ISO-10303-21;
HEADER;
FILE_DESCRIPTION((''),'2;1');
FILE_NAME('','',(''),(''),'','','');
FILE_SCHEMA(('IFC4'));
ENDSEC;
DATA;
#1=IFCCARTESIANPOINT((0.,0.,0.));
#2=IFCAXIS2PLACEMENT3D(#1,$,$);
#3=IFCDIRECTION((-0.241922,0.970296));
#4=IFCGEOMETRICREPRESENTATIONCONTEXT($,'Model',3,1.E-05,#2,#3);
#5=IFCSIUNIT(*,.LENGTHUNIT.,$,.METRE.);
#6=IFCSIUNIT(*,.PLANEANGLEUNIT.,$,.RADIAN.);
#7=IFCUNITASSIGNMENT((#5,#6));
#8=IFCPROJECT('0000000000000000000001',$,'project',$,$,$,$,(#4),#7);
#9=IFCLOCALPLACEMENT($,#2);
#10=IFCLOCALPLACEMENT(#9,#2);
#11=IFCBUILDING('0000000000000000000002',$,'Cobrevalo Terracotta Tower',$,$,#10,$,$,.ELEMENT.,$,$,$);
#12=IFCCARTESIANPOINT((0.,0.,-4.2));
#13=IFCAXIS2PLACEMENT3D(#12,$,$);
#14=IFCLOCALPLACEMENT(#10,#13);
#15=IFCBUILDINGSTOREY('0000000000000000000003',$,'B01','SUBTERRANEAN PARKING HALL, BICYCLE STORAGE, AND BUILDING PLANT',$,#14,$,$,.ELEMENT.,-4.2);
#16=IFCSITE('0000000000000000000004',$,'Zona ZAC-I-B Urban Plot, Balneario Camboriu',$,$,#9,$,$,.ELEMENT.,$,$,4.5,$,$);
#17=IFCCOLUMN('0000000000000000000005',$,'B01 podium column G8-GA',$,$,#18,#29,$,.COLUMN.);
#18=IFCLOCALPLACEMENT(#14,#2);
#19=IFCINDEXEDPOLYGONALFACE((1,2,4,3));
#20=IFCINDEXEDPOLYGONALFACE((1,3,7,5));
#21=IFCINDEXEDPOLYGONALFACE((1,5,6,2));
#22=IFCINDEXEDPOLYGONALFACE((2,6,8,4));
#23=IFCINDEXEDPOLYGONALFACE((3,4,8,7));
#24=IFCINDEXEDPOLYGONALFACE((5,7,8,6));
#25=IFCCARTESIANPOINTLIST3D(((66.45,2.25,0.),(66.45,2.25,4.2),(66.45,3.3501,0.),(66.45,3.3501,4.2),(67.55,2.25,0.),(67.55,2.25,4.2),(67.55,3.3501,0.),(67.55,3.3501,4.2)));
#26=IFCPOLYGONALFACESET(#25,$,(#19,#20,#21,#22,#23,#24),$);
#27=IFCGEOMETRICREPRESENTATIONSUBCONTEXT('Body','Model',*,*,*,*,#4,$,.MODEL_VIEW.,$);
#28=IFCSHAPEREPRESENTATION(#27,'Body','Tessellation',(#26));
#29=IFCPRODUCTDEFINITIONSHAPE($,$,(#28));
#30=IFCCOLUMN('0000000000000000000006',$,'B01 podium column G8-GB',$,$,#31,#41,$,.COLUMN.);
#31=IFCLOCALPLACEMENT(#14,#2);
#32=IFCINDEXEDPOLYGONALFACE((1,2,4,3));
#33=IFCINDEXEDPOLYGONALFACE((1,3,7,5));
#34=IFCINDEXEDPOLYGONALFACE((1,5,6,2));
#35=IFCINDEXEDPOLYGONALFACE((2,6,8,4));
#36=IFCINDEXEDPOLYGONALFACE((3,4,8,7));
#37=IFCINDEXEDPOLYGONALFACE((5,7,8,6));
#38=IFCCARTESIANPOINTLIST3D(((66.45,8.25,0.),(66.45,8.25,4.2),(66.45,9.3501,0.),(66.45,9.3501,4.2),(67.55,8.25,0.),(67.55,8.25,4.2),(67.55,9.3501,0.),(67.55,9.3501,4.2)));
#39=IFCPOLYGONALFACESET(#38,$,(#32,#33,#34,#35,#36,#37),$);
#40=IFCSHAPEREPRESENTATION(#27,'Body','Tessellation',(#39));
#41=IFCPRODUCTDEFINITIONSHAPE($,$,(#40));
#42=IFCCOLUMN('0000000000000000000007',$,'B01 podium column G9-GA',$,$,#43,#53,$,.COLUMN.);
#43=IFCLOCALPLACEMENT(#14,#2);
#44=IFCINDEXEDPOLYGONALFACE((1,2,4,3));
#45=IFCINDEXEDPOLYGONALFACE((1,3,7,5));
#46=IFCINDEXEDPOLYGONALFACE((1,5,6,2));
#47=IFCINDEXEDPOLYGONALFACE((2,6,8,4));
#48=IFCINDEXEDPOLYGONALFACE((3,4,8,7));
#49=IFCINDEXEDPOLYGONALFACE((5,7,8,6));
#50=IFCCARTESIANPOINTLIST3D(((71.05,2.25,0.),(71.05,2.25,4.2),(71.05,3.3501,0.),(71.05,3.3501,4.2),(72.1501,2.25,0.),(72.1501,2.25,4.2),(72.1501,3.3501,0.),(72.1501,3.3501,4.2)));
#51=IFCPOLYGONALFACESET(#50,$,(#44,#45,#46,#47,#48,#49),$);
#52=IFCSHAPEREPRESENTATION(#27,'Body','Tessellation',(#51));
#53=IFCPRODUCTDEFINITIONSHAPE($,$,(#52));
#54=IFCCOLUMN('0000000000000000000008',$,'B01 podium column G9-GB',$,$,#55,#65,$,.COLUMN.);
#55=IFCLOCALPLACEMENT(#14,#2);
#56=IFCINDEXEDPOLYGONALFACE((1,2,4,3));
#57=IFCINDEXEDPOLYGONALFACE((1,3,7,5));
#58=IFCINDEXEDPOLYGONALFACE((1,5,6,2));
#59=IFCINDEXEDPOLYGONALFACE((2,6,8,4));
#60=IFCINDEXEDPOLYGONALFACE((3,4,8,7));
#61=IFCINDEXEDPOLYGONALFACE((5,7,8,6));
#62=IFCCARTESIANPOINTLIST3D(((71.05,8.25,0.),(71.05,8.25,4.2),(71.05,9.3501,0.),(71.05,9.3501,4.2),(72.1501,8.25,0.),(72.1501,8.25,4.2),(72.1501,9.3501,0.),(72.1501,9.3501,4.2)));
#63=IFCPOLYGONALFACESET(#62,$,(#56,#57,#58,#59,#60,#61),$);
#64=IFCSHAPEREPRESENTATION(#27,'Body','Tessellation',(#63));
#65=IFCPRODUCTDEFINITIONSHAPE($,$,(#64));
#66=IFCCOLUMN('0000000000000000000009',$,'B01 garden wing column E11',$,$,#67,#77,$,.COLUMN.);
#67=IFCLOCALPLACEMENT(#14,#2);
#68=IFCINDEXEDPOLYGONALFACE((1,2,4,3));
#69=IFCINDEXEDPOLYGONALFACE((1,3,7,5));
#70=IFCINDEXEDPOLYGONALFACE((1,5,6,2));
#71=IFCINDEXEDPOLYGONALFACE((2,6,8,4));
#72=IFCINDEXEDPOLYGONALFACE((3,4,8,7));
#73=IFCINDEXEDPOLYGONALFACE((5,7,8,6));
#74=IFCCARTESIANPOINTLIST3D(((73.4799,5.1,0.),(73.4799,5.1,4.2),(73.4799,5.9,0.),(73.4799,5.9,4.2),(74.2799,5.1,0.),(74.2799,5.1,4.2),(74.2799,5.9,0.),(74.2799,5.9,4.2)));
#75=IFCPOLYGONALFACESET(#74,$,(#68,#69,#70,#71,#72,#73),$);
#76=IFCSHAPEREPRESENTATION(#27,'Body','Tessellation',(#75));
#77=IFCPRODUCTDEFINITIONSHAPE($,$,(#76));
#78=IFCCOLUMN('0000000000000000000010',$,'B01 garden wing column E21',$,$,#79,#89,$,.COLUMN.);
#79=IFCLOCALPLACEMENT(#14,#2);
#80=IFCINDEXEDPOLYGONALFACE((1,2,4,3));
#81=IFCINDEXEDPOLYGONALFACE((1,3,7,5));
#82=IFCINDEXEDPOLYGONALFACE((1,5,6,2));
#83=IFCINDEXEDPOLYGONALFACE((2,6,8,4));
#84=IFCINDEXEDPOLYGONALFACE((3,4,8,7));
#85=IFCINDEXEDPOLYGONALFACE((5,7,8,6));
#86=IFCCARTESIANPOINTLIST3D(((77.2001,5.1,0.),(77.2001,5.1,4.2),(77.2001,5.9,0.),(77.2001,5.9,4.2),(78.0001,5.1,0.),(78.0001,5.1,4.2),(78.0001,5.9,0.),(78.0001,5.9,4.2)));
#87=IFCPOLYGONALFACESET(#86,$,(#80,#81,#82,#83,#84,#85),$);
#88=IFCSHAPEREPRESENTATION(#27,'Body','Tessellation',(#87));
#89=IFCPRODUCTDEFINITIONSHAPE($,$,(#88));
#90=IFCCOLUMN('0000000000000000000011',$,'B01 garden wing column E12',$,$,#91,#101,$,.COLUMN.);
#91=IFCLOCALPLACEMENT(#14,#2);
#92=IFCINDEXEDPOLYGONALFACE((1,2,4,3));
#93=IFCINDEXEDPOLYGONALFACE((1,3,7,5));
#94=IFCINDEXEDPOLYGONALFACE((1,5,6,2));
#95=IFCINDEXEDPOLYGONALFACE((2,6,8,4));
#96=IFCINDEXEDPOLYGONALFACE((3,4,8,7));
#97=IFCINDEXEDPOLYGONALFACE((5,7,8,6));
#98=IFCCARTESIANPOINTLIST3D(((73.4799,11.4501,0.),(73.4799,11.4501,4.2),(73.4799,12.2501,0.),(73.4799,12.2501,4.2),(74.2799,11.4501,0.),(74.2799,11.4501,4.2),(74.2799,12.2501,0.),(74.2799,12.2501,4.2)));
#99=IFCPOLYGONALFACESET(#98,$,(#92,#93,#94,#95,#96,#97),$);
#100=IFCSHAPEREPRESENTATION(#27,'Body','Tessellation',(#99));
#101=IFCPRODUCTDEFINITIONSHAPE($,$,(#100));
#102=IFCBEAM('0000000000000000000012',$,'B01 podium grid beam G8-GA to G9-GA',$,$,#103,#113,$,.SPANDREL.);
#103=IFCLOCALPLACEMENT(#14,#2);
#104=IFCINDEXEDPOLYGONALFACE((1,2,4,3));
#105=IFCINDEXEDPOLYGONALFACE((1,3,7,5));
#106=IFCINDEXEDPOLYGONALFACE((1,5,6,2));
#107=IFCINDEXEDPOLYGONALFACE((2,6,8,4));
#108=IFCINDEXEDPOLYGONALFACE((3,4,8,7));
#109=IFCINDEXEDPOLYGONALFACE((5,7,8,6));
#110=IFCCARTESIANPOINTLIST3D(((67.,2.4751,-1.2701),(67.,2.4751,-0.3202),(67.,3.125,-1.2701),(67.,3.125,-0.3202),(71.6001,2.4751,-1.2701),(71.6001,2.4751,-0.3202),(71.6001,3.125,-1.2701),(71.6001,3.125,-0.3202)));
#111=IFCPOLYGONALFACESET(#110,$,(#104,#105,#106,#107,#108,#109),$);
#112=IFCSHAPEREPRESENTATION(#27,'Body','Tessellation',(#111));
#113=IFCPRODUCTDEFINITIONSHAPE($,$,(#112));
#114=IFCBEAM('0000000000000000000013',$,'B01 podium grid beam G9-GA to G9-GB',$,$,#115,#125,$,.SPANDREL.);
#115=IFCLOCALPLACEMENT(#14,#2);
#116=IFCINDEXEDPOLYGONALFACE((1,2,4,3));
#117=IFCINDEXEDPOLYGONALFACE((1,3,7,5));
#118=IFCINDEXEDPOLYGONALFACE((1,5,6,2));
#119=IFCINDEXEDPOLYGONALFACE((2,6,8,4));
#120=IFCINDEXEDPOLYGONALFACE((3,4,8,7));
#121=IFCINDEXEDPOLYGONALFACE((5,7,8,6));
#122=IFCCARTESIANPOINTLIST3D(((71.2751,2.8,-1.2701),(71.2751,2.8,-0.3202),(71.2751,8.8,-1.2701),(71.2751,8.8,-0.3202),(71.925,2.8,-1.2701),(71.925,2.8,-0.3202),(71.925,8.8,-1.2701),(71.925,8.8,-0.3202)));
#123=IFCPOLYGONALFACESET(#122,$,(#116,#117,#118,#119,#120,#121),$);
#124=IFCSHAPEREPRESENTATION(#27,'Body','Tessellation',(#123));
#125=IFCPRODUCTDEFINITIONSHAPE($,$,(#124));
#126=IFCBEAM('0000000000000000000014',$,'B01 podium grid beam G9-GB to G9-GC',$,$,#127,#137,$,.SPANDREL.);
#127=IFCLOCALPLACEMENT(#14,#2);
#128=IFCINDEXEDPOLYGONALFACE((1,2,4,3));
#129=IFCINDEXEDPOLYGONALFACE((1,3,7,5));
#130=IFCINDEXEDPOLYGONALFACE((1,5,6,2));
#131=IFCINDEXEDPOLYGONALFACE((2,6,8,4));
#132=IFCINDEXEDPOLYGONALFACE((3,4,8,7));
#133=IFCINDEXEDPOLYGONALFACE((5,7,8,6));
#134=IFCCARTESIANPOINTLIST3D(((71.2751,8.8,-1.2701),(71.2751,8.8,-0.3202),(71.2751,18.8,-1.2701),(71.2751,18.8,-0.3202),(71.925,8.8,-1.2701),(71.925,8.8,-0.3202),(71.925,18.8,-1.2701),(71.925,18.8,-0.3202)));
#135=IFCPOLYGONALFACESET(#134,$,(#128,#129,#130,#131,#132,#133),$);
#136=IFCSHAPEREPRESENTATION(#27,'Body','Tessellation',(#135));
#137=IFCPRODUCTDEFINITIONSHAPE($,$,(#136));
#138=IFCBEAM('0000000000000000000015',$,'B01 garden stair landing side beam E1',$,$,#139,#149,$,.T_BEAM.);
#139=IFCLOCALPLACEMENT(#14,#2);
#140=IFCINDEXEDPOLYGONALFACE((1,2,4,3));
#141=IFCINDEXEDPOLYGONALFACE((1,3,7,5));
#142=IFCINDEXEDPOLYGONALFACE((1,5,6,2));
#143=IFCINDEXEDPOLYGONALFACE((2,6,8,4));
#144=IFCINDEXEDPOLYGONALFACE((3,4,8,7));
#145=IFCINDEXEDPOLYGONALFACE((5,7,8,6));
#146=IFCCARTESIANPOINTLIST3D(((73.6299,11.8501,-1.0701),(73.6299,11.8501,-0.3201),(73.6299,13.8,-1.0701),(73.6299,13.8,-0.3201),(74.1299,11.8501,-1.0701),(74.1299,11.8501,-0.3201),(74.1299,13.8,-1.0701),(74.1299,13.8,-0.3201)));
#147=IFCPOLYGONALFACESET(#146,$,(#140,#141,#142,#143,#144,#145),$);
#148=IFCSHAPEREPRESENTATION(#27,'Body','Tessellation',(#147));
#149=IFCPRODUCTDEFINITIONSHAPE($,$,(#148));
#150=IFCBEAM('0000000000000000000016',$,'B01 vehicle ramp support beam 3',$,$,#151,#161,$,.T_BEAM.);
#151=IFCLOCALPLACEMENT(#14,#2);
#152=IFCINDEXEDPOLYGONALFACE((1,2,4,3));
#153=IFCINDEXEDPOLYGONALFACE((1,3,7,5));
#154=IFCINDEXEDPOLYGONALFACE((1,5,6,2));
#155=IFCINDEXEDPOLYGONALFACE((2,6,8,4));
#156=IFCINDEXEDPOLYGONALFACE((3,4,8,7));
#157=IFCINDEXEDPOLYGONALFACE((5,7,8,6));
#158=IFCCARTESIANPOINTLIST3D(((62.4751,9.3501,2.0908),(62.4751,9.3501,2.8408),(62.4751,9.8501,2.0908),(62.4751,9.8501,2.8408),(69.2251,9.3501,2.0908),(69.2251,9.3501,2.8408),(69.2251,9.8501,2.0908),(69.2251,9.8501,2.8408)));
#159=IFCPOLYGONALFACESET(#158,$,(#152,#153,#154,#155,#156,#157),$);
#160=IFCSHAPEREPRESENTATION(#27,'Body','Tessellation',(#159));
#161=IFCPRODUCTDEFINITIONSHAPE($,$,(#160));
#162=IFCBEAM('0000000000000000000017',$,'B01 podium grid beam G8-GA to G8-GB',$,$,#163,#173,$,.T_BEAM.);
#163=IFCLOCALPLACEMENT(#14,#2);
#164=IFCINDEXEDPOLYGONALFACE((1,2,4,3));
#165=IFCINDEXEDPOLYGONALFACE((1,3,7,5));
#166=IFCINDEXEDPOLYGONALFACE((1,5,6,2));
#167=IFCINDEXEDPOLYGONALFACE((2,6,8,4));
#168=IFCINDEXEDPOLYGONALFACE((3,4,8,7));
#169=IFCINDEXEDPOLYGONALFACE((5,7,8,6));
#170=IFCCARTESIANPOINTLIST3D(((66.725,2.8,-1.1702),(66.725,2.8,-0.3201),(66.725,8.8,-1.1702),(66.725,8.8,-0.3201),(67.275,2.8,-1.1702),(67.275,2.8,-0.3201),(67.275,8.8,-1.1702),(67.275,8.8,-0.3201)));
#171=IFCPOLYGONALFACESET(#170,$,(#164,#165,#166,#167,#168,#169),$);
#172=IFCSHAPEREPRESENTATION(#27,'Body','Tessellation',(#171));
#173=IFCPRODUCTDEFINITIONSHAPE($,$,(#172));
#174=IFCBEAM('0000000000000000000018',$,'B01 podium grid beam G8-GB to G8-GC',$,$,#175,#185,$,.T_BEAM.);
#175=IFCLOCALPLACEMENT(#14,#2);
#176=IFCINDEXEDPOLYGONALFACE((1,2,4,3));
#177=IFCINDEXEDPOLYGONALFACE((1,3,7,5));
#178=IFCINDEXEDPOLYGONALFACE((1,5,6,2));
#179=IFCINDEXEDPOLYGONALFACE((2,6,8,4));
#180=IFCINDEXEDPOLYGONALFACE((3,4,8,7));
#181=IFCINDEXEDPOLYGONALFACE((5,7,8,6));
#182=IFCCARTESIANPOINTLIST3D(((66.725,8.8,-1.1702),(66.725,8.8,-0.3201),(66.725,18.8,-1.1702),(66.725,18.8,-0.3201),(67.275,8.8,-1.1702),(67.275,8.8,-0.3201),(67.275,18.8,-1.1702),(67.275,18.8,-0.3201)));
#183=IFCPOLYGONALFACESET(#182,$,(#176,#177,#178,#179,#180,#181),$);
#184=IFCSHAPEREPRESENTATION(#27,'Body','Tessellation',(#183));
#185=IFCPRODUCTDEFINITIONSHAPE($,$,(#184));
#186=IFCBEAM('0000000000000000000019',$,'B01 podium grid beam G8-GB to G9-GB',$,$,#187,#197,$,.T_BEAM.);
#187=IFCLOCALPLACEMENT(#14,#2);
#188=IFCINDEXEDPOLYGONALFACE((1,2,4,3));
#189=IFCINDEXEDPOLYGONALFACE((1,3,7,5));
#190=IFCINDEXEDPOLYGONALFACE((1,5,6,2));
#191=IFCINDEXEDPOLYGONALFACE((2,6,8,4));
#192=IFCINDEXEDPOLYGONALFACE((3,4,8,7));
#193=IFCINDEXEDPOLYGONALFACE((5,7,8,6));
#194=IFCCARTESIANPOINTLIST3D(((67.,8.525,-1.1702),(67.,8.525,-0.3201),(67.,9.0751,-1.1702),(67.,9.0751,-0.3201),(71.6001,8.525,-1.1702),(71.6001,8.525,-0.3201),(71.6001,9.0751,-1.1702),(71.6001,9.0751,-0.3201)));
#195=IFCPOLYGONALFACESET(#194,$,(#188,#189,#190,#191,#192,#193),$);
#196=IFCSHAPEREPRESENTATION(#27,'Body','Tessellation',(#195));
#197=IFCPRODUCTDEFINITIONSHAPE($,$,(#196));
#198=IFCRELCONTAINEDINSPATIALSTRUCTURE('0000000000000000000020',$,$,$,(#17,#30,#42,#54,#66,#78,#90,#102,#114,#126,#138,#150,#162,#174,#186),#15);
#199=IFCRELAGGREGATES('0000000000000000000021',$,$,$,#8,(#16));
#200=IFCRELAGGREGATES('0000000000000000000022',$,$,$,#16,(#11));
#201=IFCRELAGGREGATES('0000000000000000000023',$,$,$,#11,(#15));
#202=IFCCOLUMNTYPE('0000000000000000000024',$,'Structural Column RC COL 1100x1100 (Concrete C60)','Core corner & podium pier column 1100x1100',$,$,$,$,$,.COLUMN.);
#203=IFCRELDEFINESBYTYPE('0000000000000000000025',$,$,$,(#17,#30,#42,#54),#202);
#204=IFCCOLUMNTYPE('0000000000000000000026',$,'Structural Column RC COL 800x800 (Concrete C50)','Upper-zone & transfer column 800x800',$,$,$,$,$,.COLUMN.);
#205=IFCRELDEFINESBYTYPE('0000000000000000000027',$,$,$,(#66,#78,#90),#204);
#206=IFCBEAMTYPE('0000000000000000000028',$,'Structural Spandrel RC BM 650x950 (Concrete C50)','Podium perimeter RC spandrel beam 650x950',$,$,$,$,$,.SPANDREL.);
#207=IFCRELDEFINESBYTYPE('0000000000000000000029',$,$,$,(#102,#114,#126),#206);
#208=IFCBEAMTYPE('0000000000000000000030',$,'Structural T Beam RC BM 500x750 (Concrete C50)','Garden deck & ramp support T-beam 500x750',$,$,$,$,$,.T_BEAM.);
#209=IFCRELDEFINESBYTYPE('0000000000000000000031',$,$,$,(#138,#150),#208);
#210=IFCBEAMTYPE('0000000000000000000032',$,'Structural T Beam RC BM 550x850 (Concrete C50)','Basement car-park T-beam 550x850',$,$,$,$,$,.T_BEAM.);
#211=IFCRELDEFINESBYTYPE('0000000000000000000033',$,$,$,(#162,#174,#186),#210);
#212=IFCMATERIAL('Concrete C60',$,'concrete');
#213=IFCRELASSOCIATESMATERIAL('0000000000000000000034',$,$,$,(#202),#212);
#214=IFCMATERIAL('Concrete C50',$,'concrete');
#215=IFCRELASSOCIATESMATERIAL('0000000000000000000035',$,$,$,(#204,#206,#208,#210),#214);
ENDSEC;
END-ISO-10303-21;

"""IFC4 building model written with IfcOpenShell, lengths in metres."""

from ifc_helpers import new_model, si_unit, direction, frame, origin, origin_2d, place, context, subcontext, project, spatial, rectangle, extrude, material, material_profile, profile_set, type_object, element, save


model = new_model("IFC4")

# Units and contexts
model_context = context("Model", 3, precision=1e-05, world=origin(), true_north=direction((-0.241922, 0.970296)))
body_context = subcontext(model_context, "Body", "Model", "MODEL_VIEW")
ifc_project = project(units=[si_unit("LENGTHUNIT", "METRE"), si_unit("PLANEANGLEUNIT", "RADIAN")], contexts=[model_context])

# Site, building, storey
site_placement = place(None, origin())
site = spatial("IfcSite", under=ifc_project, at=site_placement, Name="Zona ZAC-I-B Urban Plot, Balneario Camboriu", CompositionType="ELEMENT", RefElevation=4.5)
building_placement = place(site_placement, origin())
building = spatial("IfcBuilding", under=site, at=building_placement, Name="Cobrevalo Terracotta Tower", CompositionType="ELEMENT")
storey_placement = place(building_placement, frame((0.0, 0.0, -4.2)))
storey = spatial("IfcBuildingStorey", under=building, at=storey_placement, Name="B01", Description="SUBTERRANEAN PARKING HALL, BICYCLE STORAGE, AND BUILDING PLANT", CompositionType="ELEMENT", Elevation=-4.2)

# Columns
ifc_material_1 = material(Name="Concrete C60", Category="concrete")
ifc_material_profile_1 = material_profile(ifc_material_1, rectangle(XDim=1.1001, YDim=1.1001, at=origin_2d()), Name="RC COL 1100x1100")
ifc_profile_set_1 = profile_set([ifc_material_profile_1], Name="Concrete C60")
column_type_1 = type_object("IfcColumnType", Name="Structural Column RC COL 1100x1100 (Concrete C60)", Description="Core corner & podium pier column 1100x1100", PredefinedType="COLUMN", material=ifc_profile_set_1)
for number, where, z_axis, x_axis, name in (
    (1, (67.0, 2.8, 0.0), (0.0, 0.0, 1.0), (1.0, 0.0, 0.0), "B01 podium column G8-GA"),
    (2, (67.0, 8.8, 0.0), (0.0, 0.0, 1.0), (1.0, 0.0, 0.0), "B01 podium column G8-GB"),
    (3, (71.6001, 2.8, 0.0), (0.0, 0.0, 1.0), (1.0, 0.0, 0.0), "B01 podium column G9-GA"),
    (4, (71.6001, 8.8, 0.0), (0.0, 0.0, 1.0), (1.0, 0.0, 0.0), "B01 podium column G9-GB"),
):
    element("IfcColumn", number, at=place(storey_placement, frame(where, z_axis=z_axis, x_axis=x_axis)), inside=storey, type_object=column_type_1, Name=name, PredefinedType="COLUMN", context=body_context, shape_type="SweptSolid", body=[
        extrude(rectangle(XDim=1.1001, YDim=1.1001, at=origin_2d()), origin(), (0.0, 0.0, 1.0), 4.2),
    ])
ifc_material_2 = material(Name="Concrete C50", Category="concrete")
ifc_material_profile_2 = material_profile(ifc_material_2, rectangle(XDim=0.8, YDim=0.8, at=origin_2d()), Name="RC COL 800x800")
ifc_profile_set_2 = profile_set([ifc_material_profile_2], Name="Concrete C50")
column_type_2 = type_object("IfcColumnType", Name="Structural Column RC COL 800x800 (Concrete C50)", Description="Upper-zone & transfer column 800x800", PredefinedType="COLUMN", material=ifc_profile_set_2)
for number, where, z_axis, x_axis, name in (
    (5, (73.8799, 5.5, 0.0), (0.0, 0.0, 1.0), (1.0, 0.0, 0.0), "B01 garden wing column E11"),
    (6, (77.6001, 5.5, 0.0), (0.0, 0.0, 1.0), (1.0, 0.0, 0.0), "B01 garden wing column E21"),
    (7, (73.8799, 11.8501, 0.0), (0.0, 0.0, 1.0), (1.0, 0.0, 0.0), "B01 garden wing column E12"),
):
    element("IfcColumn", number, at=place(storey_placement, frame(where, z_axis=z_axis, x_axis=x_axis)), inside=storey, type_object=column_type_2, Name=name, PredefinedType="COLUMN", context=body_context, shape_type="SweptSolid", body=[
        extrude(rectangle(XDim=0.8, YDim=0.8, at=origin_2d()), origin(), (0.0, 0.0, 1.0), 4.2),
    ])

# Beams
ifc_material_profile_3 = material_profile(ifc_material_2, rectangle(XDim=0.6499, YDim=0.95, at=origin_2d()), Name="RC BM 650x950")
ifc_profile_set_3 = profile_set([ifc_material_profile_3], Name="Concrete C50")
beam_type_1 = type_object("IfcBeamType", Name="Structural Spandrel RC BM 650x950 (Concrete C50)", Description="Podium perimeter RC spandrel beam 650x950", PredefinedType="SPANDREL", material=ifc_profile_set_3)
beam_1_placement = place(storey_placement, frame((67.0, 2.8, -0.7952), z_axis=(1.0, 0.0, 0.0), x_axis=(0.0, 1.0, 0.0)))
element("IfcBeam", 8, at=beam_1_placement, inside=storey, type_object=beam_type_1, Name="B01 podium grid beam G8-GA to G9-GA", PredefinedType="SPANDREL", context=body_context, shape_type="SweptSolid", body=[
    extrude(rectangle(XDim=0.6499, YDim=0.95, at=origin_2d()), origin(), (0.0, 0.0, 1.0), 4.6001),
])
beam_2_placement = place(storey_placement, frame((71.6001, 2.8, -0.7952), z_axis=(0.0, 1.0, 0.0), x_axis=(-1.0, 0.0, 0.0)))
element("IfcBeam", 9, at=beam_2_placement, inside=storey, type_object=beam_type_1, Name="B01 podium grid beam G9-GA to G9-GB", PredefinedType="SPANDREL", context=body_context, shape_type="SweptSolid", body=[
    extrude(rectangle(XDim=0.6499, YDim=0.95, at=origin_2d()), origin(), (0.0, 0.0, 1.0), 6.0),
])
beam_3_placement = place(storey_placement, frame((71.6001, 8.8, -0.7952), z_axis=(0.0, 1.0, 0.0), x_axis=(-1.0, 0.0, 0.0)))
element("IfcBeam", 10, at=beam_3_placement, inside=storey, type_object=beam_type_1, Name="B01 podium grid beam G9-GB to G9-GC", PredefinedType="SPANDREL", context=body_context, shape_type="SweptSolid", body=[
    extrude(rectangle(XDim=0.6499, YDim=0.95, at=origin_2d()), origin(), (0.0, 0.0, 1.0), 10.0),
])
ifc_material_profile_4 = material_profile(ifc_material_2, rectangle(XDim=0.5, YDim=0.75, at=origin_2d()), Name="RC BM 500x750")
ifc_profile_set_4 = profile_set([ifc_material_profile_4], Name="Concrete C50")
beam_type_2 = type_object("IfcBeamType", Name="Structural T Beam RC BM 500x750 (Concrete C50)", Description="Garden deck & ramp support T-beam 500x750", PredefinedType="T_BEAM", material=ifc_profile_set_4)
beam_4_placement = place(storey_placement, frame((73.8799, 11.8501, -0.6951), z_axis=(0.0, 1.0, 0.0), x_axis=(-1.0, 0.0, 0.0)))
element("IfcBeam", 11, at=beam_4_placement, inside=storey, type_object=beam_type_2, Name="B01 garden stair landing side beam E1", PredefinedType="T_BEAM", context=body_context, shape_type="SweptSolid", body=[
    extrude(rectangle(XDim=0.5, YDim=0.75, at=origin_2d()), origin(), (0.0, 0.0, 1.0), 1.95),
])
beam_5_placement = place(storey_placement, frame((62.4751, 9.6001, 2.4658), z_axis=(1.0, 0.0, 0.0), x_axis=(0.0, 1.0, 0.0)))
element("IfcBeam", 12, at=beam_5_placement, inside=storey, type_object=beam_type_2, Name="B01 vehicle ramp support beam 3", PredefinedType="T_BEAM", context=body_context, shape_type="SweptSolid", body=[
    extrude(rectangle(XDim=0.5, YDim=0.75, at=origin_2d()), origin(), (0.0, 0.0, 1.0), 6.75),
])
ifc_material_profile_5 = material_profile(ifc_material_2, rectangle(XDim=0.55, YDim=0.8501, at=origin_2d()), Name="RC BM 550x850")
ifc_profile_set_5 = profile_set([ifc_material_profile_5], Name="Concrete C50")
beam_type_3 = type_object("IfcBeamType", Name="Structural T Beam RC BM 550x850 (Concrete C50)", Description="Basement car-park T-beam 550x850", PredefinedType="T_BEAM", material=ifc_profile_set_5)
beam_6_placement = place(storey_placement, frame((67.0, 2.8, -0.7451), z_axis=(0.0, 1.0, 0.0), x_axis=(-1.0, 0.0, 0.0)))
element("IfcBeam", 13, at=beam_6_placement, inside=storey, type_object=beam_type_3, Name="B01 podium grid beam G8-GA to G8-GB", PredefinedType="T_BEAM", context=body_context, shape_type="SweptSolid", body=[
    extrude(rectangle(XDim=0.55, YDim=0.8501, at=origin_2d()), origin(), (0.0, 0.0, 1.0), 6.0),
])
beam_7_placement = place(storey_placement, frame((67.0, 8.8, -0.7451), z_axis=(0.0, 1.0, 0.0), x_axis=(-1.0, 0.0, 0.0)))
element("IfcBeam", 14, at=beam_7_placement, inside=storey, type_object=beam_type_3, Name="B01 podium grid beam G8-GB to G8-GC", PredefinedType="T_BEAM", context=body_context, shape_type="SweptSolid", body=[
    extrude(rectangle(XDim=0.55, YDim=0.8501, at=origin_2d()), origin(), (0.0, 0.0, 1.0), 10.0),
])
beam_8_placement = place(storey_placement, frame((67.0, 8.8, -0.7451), z_axis=(1.0, 0.0, 0.0), x_axis=(0.0, 1.0, 0.0)))
element("IfcBeam", 15, at=beam_8_placement, inside=storey, type_object=beam_type_3, Name="B01 podium grid beam G8-GB to G9-GB", PredefinedType="T_BEAM", context=body_context, shape_type="SweptSolid", body=[
    extrude(rectangle(XDim=0.55, YDim=0.8501, at=origin_2d()), origin(), (0.0, 0.0, 1.0), 4.6001),
])

save(model, "model.ifc")
